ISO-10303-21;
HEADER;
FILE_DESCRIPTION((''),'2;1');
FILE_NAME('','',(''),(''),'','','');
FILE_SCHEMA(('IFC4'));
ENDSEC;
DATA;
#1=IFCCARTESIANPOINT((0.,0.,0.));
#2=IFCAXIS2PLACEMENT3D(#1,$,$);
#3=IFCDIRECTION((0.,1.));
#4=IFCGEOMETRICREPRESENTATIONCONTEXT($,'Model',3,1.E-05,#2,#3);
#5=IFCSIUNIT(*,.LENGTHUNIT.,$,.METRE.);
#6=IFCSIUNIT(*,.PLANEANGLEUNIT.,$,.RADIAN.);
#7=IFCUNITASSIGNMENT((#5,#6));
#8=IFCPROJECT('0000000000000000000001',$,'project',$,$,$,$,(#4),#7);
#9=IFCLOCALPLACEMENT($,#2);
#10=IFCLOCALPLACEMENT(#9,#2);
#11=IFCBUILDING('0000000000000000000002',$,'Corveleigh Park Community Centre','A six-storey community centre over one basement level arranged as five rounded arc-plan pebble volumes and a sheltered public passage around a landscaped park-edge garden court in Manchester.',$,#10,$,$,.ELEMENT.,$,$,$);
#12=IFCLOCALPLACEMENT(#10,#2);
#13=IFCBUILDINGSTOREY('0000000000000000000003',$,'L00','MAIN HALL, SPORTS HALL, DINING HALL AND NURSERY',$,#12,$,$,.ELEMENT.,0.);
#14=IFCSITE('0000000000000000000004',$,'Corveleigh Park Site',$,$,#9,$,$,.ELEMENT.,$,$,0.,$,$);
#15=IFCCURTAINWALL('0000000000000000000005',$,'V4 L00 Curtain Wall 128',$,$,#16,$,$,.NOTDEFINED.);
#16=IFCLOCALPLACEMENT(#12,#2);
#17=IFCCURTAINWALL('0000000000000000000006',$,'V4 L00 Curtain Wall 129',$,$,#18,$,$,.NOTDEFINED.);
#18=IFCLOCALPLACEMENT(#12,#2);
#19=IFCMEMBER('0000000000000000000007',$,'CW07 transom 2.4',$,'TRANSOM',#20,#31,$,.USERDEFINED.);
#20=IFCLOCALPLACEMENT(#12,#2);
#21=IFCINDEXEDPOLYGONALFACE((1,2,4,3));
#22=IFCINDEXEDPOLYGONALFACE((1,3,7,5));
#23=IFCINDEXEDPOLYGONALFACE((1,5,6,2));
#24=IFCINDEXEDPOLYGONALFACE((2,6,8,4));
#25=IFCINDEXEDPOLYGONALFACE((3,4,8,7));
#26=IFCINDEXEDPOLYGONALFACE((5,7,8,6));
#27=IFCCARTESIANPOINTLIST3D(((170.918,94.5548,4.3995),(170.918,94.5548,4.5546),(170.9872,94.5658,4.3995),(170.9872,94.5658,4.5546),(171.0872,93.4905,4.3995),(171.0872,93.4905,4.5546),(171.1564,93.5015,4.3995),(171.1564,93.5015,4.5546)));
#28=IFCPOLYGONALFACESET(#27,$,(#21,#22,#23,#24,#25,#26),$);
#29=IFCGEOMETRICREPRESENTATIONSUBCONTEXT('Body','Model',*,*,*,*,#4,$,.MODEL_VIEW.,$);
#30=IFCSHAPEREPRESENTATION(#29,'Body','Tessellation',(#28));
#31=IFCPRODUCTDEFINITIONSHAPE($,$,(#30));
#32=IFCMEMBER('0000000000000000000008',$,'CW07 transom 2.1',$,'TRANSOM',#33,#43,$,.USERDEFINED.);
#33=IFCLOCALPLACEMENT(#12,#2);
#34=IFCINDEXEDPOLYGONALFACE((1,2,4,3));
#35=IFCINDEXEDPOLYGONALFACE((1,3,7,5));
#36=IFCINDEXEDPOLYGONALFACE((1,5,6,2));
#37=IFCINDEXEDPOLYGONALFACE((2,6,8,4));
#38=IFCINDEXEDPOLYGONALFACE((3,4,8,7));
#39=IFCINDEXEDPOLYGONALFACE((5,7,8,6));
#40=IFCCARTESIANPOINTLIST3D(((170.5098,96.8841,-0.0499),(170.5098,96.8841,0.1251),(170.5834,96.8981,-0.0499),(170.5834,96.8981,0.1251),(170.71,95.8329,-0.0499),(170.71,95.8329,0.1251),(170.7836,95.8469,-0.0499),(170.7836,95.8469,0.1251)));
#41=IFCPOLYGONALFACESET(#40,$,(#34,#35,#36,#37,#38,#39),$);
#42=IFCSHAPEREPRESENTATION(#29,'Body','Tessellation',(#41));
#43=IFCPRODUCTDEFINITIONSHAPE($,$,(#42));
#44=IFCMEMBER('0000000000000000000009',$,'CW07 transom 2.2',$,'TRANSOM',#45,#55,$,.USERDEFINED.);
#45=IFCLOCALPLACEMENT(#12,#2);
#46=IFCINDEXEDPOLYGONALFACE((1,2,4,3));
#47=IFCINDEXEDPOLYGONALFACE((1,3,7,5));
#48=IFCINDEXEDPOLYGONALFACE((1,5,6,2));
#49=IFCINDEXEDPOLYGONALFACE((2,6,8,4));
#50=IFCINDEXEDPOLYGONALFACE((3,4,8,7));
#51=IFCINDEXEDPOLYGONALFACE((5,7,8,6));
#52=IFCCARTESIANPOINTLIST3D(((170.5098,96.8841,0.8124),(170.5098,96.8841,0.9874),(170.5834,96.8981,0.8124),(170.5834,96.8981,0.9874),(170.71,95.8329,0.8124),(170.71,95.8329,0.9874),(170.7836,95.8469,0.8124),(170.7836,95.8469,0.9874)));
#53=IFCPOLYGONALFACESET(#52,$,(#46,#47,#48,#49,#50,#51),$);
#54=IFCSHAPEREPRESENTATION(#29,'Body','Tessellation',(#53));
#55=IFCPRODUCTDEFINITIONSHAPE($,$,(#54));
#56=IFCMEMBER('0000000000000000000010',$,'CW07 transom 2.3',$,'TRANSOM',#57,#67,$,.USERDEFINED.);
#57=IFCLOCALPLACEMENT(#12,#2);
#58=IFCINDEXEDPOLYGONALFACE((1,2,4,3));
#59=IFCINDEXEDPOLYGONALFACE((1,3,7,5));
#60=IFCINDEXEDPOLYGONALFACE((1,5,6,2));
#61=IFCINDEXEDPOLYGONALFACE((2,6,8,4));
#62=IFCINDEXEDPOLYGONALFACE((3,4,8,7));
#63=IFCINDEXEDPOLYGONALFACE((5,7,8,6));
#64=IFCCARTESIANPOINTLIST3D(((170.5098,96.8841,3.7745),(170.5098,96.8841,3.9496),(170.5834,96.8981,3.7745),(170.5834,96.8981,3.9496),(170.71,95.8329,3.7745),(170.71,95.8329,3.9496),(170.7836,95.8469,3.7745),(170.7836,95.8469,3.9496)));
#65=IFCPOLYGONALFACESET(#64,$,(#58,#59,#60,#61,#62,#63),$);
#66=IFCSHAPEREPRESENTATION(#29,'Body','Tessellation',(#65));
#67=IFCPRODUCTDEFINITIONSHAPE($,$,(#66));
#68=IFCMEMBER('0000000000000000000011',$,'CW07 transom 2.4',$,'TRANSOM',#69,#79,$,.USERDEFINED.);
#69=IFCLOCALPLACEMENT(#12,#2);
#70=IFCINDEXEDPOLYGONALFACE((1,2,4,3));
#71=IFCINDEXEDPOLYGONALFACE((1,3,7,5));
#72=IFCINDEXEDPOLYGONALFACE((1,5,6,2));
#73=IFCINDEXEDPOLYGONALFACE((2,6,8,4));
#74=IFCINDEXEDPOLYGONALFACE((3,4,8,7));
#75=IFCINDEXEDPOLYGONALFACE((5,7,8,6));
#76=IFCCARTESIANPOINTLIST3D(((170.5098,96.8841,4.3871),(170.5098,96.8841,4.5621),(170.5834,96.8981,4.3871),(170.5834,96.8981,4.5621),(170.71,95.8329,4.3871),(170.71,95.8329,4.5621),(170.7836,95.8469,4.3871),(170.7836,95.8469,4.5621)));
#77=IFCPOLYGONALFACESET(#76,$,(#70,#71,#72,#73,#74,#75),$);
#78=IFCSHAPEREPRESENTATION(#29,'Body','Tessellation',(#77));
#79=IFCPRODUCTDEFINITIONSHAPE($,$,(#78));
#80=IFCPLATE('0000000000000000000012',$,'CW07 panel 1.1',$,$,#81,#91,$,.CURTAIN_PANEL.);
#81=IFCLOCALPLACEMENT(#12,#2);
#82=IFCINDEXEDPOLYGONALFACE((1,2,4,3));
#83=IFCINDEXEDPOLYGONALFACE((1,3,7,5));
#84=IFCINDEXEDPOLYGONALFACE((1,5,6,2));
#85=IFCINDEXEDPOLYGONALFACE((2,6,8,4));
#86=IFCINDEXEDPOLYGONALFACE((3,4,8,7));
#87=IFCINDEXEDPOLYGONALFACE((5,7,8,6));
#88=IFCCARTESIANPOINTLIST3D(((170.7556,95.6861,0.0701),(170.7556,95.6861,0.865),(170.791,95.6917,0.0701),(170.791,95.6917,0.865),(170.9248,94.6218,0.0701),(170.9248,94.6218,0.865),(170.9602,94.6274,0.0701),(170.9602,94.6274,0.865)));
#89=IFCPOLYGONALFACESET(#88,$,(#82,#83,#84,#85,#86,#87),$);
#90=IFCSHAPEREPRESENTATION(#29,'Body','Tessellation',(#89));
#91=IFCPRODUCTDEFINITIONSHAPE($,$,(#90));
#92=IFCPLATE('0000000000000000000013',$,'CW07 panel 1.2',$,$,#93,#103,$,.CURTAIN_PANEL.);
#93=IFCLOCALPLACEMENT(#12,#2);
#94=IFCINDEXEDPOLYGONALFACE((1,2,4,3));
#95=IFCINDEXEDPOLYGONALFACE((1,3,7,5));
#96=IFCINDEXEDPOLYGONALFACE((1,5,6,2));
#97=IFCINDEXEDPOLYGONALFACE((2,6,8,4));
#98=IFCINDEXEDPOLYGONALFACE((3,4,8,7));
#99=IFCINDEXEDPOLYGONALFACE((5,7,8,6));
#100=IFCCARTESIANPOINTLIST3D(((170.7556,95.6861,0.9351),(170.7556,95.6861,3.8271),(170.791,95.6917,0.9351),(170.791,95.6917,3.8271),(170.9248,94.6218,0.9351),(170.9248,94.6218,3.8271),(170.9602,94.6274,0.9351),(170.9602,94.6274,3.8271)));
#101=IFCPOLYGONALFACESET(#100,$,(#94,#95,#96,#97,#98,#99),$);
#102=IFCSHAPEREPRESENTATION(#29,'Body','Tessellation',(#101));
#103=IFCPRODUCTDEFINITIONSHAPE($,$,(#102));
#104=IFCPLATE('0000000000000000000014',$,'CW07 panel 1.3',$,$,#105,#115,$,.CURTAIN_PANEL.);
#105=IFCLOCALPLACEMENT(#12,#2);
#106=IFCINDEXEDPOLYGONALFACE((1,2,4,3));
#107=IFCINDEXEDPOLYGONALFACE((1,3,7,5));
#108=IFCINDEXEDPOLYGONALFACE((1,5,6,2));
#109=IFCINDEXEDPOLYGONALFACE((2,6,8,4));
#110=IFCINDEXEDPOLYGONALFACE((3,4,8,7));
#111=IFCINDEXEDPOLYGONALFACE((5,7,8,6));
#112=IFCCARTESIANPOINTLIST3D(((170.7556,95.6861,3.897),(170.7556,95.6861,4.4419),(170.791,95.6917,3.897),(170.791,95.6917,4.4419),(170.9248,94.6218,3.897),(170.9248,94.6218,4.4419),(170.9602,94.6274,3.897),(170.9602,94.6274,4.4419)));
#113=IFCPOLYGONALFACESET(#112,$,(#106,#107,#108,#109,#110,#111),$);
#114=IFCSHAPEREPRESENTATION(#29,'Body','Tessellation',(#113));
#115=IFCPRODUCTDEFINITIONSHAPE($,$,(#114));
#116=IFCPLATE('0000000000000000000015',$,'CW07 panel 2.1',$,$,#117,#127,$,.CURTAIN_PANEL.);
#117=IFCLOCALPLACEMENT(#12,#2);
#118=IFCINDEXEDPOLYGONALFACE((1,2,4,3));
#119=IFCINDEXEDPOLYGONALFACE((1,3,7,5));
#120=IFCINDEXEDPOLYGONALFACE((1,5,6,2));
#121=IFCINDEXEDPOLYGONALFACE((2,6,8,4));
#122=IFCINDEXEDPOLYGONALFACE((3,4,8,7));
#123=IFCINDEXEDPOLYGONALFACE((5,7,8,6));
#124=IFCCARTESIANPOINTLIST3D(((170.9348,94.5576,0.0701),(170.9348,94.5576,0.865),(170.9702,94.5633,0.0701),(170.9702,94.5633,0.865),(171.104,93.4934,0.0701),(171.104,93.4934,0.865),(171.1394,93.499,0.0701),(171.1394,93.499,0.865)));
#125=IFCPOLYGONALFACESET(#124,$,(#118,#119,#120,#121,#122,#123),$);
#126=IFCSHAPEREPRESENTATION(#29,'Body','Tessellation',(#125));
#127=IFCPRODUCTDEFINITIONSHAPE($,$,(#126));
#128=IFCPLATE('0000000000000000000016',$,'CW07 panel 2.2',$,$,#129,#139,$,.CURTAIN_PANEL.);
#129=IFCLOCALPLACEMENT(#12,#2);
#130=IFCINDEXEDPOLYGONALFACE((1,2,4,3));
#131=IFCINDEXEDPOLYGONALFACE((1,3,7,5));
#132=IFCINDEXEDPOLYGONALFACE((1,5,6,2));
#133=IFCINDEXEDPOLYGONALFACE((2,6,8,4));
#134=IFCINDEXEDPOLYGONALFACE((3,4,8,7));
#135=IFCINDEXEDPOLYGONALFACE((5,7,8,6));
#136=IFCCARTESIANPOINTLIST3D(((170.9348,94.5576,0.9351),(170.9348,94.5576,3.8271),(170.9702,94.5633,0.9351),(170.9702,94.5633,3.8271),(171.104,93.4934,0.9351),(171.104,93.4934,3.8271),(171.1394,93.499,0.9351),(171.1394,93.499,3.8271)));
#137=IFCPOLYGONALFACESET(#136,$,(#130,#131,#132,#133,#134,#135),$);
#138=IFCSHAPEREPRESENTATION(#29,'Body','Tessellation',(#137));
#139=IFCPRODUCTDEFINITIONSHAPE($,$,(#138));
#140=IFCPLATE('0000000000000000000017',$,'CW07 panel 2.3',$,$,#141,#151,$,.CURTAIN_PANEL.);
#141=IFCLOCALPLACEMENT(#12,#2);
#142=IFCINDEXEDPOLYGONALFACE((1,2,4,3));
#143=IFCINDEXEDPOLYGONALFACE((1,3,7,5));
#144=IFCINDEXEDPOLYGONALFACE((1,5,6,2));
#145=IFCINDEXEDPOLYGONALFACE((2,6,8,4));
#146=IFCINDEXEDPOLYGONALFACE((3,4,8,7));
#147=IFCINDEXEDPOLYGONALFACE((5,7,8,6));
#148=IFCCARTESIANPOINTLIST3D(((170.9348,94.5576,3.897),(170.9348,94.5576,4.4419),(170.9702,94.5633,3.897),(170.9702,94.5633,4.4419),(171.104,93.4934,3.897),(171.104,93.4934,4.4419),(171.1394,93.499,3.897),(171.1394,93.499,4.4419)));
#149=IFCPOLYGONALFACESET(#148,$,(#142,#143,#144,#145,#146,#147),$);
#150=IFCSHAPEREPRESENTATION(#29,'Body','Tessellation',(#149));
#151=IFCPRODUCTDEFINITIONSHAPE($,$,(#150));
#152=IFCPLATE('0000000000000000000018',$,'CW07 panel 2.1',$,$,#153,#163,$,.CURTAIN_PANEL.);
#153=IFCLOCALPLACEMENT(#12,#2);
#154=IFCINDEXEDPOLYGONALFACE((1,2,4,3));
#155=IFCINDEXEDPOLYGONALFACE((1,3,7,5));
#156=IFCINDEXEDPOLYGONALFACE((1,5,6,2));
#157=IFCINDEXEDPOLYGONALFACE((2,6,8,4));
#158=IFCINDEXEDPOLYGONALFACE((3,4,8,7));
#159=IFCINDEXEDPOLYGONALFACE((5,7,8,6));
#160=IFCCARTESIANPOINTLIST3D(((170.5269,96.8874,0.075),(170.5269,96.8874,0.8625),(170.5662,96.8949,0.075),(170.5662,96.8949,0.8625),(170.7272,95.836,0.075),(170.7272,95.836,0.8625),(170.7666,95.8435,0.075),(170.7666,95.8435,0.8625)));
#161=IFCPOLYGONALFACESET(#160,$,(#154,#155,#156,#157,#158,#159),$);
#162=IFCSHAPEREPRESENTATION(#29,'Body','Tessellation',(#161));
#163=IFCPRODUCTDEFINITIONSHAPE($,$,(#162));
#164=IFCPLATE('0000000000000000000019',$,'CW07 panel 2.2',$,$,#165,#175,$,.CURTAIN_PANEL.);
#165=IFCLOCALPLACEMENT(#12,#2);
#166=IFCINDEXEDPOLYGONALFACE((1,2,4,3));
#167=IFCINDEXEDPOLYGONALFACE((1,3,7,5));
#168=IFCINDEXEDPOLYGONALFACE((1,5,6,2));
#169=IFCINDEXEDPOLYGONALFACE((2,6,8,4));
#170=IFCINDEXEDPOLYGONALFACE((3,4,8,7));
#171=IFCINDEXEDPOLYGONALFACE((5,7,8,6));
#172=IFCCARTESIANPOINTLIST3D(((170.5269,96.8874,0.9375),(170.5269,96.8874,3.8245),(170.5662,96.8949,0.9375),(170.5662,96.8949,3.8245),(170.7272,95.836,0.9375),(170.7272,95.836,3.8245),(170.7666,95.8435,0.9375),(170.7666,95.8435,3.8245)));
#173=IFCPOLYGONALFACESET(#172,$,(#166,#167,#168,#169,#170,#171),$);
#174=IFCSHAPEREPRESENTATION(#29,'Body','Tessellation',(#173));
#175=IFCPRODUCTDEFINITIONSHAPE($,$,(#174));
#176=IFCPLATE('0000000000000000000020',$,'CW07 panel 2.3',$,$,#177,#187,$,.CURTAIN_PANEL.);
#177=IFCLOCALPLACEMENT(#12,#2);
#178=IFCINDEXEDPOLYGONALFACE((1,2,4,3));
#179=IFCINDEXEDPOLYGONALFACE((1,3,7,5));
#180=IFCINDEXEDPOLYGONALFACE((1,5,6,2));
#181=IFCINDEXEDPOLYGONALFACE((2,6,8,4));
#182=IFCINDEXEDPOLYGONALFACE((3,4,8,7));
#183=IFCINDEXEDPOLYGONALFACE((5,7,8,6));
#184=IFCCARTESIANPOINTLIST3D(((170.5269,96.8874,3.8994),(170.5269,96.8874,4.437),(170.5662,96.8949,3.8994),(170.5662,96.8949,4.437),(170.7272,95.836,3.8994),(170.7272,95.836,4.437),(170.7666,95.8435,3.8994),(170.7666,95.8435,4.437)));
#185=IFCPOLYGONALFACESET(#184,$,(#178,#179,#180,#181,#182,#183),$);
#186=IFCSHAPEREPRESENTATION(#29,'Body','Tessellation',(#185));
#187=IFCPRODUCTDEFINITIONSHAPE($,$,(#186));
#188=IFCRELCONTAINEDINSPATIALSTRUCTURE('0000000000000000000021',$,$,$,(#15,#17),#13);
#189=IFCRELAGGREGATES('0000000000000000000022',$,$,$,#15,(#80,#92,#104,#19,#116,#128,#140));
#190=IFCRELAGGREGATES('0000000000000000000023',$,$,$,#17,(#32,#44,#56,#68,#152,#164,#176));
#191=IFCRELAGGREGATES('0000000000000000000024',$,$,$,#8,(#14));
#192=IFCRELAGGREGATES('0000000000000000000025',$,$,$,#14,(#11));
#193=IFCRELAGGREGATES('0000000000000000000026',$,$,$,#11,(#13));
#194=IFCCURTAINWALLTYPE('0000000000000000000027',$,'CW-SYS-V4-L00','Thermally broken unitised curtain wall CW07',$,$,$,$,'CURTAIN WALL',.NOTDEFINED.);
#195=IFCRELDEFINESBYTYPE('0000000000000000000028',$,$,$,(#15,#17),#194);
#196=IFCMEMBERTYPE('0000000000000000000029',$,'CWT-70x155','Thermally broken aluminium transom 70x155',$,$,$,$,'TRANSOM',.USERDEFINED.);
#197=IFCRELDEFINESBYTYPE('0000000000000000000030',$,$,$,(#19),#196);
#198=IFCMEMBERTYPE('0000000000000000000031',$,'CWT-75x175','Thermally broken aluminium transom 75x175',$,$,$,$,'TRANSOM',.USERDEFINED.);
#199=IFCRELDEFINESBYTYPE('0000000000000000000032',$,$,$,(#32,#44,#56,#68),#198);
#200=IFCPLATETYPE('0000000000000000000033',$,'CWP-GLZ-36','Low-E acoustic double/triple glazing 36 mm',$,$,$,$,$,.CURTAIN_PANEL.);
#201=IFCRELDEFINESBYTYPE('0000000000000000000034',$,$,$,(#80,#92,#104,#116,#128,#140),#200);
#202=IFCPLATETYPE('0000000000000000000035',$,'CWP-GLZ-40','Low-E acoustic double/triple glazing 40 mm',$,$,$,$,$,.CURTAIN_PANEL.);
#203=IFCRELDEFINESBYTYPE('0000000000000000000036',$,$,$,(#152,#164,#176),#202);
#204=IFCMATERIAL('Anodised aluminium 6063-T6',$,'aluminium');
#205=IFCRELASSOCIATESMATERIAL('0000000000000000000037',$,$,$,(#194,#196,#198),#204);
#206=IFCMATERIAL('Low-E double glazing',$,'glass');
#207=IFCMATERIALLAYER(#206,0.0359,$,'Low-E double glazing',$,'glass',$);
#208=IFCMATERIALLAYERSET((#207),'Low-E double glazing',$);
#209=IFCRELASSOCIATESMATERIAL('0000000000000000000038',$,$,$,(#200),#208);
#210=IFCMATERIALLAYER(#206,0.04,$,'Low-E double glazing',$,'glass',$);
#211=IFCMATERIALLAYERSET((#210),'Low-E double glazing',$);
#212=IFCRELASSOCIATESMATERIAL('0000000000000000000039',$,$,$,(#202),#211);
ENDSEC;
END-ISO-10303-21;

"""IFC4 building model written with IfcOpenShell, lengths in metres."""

from ifc_helpers import new_model, si_unit, direction, frame, origin, origin_2d, place, context, subcontext, project, spatial, rectangle, extrude, material, layer, layer_set, material_profile, profile_set, type_object, element, aggregate, save


model = new_model("IFC4")

# Units and contexts
model_context = context("Model", 3, precision=1e-05, world=origin(), true_north=direction((0.0, 1.0)))
body_context = subcontext(model_context, "Body", "Model", "MODEL_VIEW")
ifc_project = project(units=[si_unit("LENGTHUNIT", "METRE"), si_unit("PLANEANGLEUNIT", "RADIAN")], contexts=[model_context])

# Site, building, storey
site_placement = place(None, origin())
site = spatial("IfcSite", under=ifc_project, at=site_placement, Name="Corveleigh Park Site", CompositionType="ELEMENT", RefElevation=0.0)
building_placement = place(site_placement, origin())
building = spatial("IfcBuilding", under=site, at=building_placement, Name="Corveleigh Park Community Centre", Description="A six-storey community centre over one basement level arranged as five rounded arc-plan pebble volumes and a sheltered public passage around a landscaped park-edge garden court in Manchester.", CompositionType="ELEMENT")
storey_placement = place(building_placement, origin())
storey = spatial("IfcBuildingStorey", under=building, at=storey_placement, Name="L00", Description="MAIN HALL, SPORTS HALL, DINING HALL AND NURSERY", CompositionType="ELEMENT", Elevation=0.0)

# Shared definitions
ifc_material_1 = material(Name="Anodised aluminium 6063-T6", Category="aluminium")
curtain_wall_type = type_object("IfcCurtainWallType", Name="CW-SYS-V4-L00", Description="Thermally broken unitised curtain wall CW07", ElementType="CURTAIN WALL", PredefinedType="NOTDEFINED", material=ifc_material_1)

# Curtain walls
curtain_wall_1_placement = place(storey_placement, origin())
curtain_wall_1 = element("IfcCurtainWall", 1, at=curtain_wall_1_placement, inside=storey, type_object=curtain_wall_type, Name="V4 L00 Curtain Wall 128", PredefinedType="NOTDEFINED")
curtain_wall_2_placement = place(storey_placement, origin())
curtain_wall_2 = element("IfcCurtainWall", 2, at=curtain_wall_2_placement, inside=storey, type_object=curtain_wall_type, Name="V4 L00 Curtain Wall 129", PredefinedType="NOTDEFINED")

# Members
ifc_material_profile_1 = material_profile(ifc_material_1, rectangle(XDim=0.0701, YDim=0.155, at=origin_2d()), Name="ALU-T70x155", Category="aluminium")
ifc_profile_set_1 = profile_set([ifc_material_profile_1], Name="Anodised aluminium 6063-T6")
member_type_1 = type_object("IfcMemberType", Name="CWT-70x155", Description="Thermally broken aluminium transom 70x155", ElementType="TRANSOM", PredefinedType="USERDEFINED", material=ifc_profile_set_1)
member_1_placement = place(storey_placement, frame((170.9526, 94.5603, 4.4771), z_axis=(0.15701, -0.987597, 0.0), x_axis=(0.987597, 0.15701, 0.0)))
member_1 = element("IfcMember", 3, at=member_1_placement, type_object=member_type_1, Name="CW07 transom 2.4", ObjectType="TRANSOM", PredefinedType="USERDEFINED", context=body_context, shape_type="SweptSolid", body=[
    extrude(rectangle(XDim=0.0701, YDim=0.155, at=origin_2d()), origin(), (0.0, 0.0, 1.0), 1.0776),
])
ifc_material_profile_2 = material_profile(ifc_material_1, rectangle(XDim=0.075, YDim=0.175, at=origin_2d()), Name="ALU-T75x175", Category="aluminium")
ifc_profile_set_2 = profile_set([ifc_material_profile_2], Name="Anodised aluminium 6063-T6")
member_type_2 = type_object("IfcMemberType", Name="CWT-75x175", Description="Thermally broken aluminium transom 75x175", ElementType="TRANSOM", PredefinedType="USERDEFINED", material=ifc_profile_set_2)
member_2_placement = place(storey_placement, frame((170.5466, 96.8911, 0.0376), z_axis=(0.18707, -0.982347, 0.0), x_axis=(0.982347, 0.18707, 0.0)))
member_2 = element("IfcMember", 4, at=member_2_placement, type_object=member_type_2, Name="CW07 transom 2.1", ObjectType="TRANSOM", PredefinedType="USERDEFINED", context=body_context, shape_type="SweptSolid", body=[
    extrude(rectangle(XDim=0.075, YDim=0.175, at=origin_2d()), origin(), (0.0, 0.0, 1.0), 1.0701),
])
member_3_placement = place(storey_placement, frame((170.5466, 96.8911, 0.8999), z_axis=(0.18707, -0.982347, 0.0), x_axis=(0.982347, 0.18707, 0.0)))
member_3 = element("IfcMember", 5, at=member_3_placement, type_object=member_type_2, Name="CW07 transom 2.2", ObjectType="TRANSOM", PredefinedType="USERDEFINED", context=body_context, shape_type="SweptSolid", body=[
    extrude(rectangle(XDim=0.075, YDim=0.175, at=origin_2d()), origin(), (0.0, 0.0, 1.0), 1.0701),
])
member_4_placement = place(storey_placement, frame((170.5466, 96.8911, 3.8621), z_axis=(0.18707, -0.982347, 0.0), x_axis=(0.982347, 0.18707, 0.0)))
member_4 = element("IfcMember", 6, at=member_4_placement, type_object=member_type_2, Name="CW07 transom 2.3", ObjectType="TRANSOM", PredefinedType="USERDEFINED", context=body_context, shape_type="SweptSolid", body=[
    extrude(rectangle(XDim=0.075, YDim=0.175, at=origin_2d()), origin(), (0.0, 0.0, 1.0), 1.0701),
])
member_5_placement = place(storey_placement, frame((170.5466, 96.8911, 4.4746), z_axis=(0.18707, -0.982347, 0.0), x_axis=(0.982347, 0.18707, 0.0)))
member_5 = element("IfcMember", 7, at=member_5_placement, type_object=member_type_2, Name="CW07 transom 2.4", ObjectType="TRANSOM", PredefinedType="USERDEFINED", context=body_context, shape_type="SweptSolid", body=[
    extrude(rectangle(XDim=0.075, YDim=0.175, at=origin_2d()), origin(), (0.0, 0.0, 1.0), 1.0701),
])

# Plates
ifc_material_2 = material(Name="Low-E double glazing", Category="glass")
ifc_layer_1 = layer(ifc_material_2, 0.0359, Name="Low-E double glazing", Category="glass")
ifc_layer_set_1 = layer_set([ifc_layer_1], Name="Low-E double glazing")
plate_type_1 = type_object("IfcPlateType", Name="CWP-GLZ-36", Description="Low-E acoustic double/triple glazing 36 mm", PredefinedType="CURTAIN_PANEL", material=ifc_layer_set_1)
plate_1_placement = place(storey_placement, frame((170.8579, 95.1567, 0.0701), z_axis=(0.0, 0.0, 1.0), x_axis=(0.157011, -0.987597, 0.0)))
plate_1 = element("IfcPlate", 8, at=plate_1_placement, type_object=plate_type_1, Name="CW07 panel 1.1", PredefinedType="CURTAIN_PANEL", context=body_context, shape_type="SweptSolid", body=[
    extrude(rectangle(XDim=1.0776, YDim=0.0359, at=origin_2d()), origin(), (0.0, 0.0, 1.0), 0.7949),
])
plate_2_placement = place(storey_placement, frame((170.8579, 95.1567, 0.9351), z_axis=(0.0, 0.0, 1.0), x_axis=(0.157011, -0.987597, 0.0)))
plate_2 = element("IfcPlate", 9, at=plate_2_placement, type_object=plate_type_1, Name="CW07 panel 1.2", PredefinedType="CURTAIN_PANEL", context=body_context, shape_type="SweptSolid", body=[
    extrude(rectangle(XDim=1.0776, YDim=0.0359, at=origin_2d()), origin(), (0.0, 0.0, 1.0), 2.8921),
])
plate_3_placement = place(storey_placement, frame((170.8579, 95.1567, 3.897), z_axis=(0.0, 0.0, 1.0), x_axis=(0.157011, -0.987597, 0.0)))
plate_3 = element("IfcPlate", 10, at=plate_3_placement, type_object=plate_type_1, Name="CW07 panel 1.3", PredefinedType="CURTAIN_PANEL", context=body_context, shape_type="SweptSolid", body=[
    extrude(rectangle(XDim=1.0776, YDim=0.0359, at=origin_2d()), origin(), (0.0, 0.0, 1.0), 0.5449),
])
plate_4_placement = place(storey_placement, frame((171.0371, 94.0283, 0.0701), z_axis=(0.0, 0.0, 1.0), x_axis=(0.157011, -0.987597, 0.0)))
plate_4 = element("IfcPlate", 11, at=plate_4_placement, type_object=plate_type_1, Name="CW07 panel 2.1", PredefinedType="CURTAIN_PANEL", context=body_context, shape_type="SweptSolid", body=[
    extrude(rectangle(XDim=1.0776, YDim=0.0359, at=origin_2d()), origin(), (0.0, 0.0, 1.0), 0.7949),
])
plate_5_placement = place(storey_placement, frame((171.0371, 94.0283, 0.9351), z_axis=(0.0, 0.0, 1.0), x_axis=(0.157011, -0.987597, 0.0)))
plate_5 = element("IfcPlate", 12, at=plate_5_placement, type_object=plate_type_1, Name="CW07 panel 2.2", PredefinedType="CURTAIN_PANEL", context=body_context, shape_type="SweptSolid", body=[
    extrude(rectangle(XDim=1.0776, YDim=0.0359, at=origin_2d()), origin(), (0.0, 0.0, 1.0), 2.8921),
])
plate_6_placement = place(storey_placement, frame((171.0371, 94.0283, 3.897), z_axis=(0.0, 0.0, 1.0), x_axis=(0.157011, -0.987597, 0.0)))
plate_6 = element("IfcPlate", 13, at=plate_6_placement, type_object=plate_type_1, Name="CW07 panel 2.3", PredefinedType="CURTAIN_PANEL", context=body_context, shape_type="SweptSolid", body=[
    extrude(rectangle(XDim=1.0776, YDim=0.0359, at=origin_2d()), origin(), (0.0, 0.0, 1.0), 0.5449),
])
aggregate(curtain_wall_1, [plate_1, plate_2, plate_3, member_1, plate_4, plate_5, plate_6])
ifc_layer_2 = layer(ifc_material_2, 0.04, Name="Low-E double glazing", Category="glass")
ifc_layer_set_2 = layer_set([ifc_layer_2], Name="Low-E double glazing")
plate_type_2 = type_object("IfcPlateType", Name="CWP-GLZ-40", Description="Low-E acoustic double/triple glazing 40 mm", PredefinedType="CURTAIN_PANEL", material=ifc_layer_set_2)
plate_7_placement = place(storey_placement, frame((170.6467, 96.3655, 0.075), z_axis=(0.0, 0.0, 1.0), x_axis=(0.18719, -0.982324, 0.0)))
plate_7 = element("IfcPlate", 14, at=plate_7_placement, type_object=plate_type_2, Name="CW07 panel 2.1", PredefinedType="CURTAIN_PANEL", context=body_context, shape_type="SweptSolid", body=[
    extrude(rectangle(XDim=1.0703, YDim=0.04, at=origin_2d()), origin(), (0.0, 0.0, 1.0), 0.7876),
])
plate_8_placement = place(storey_placement, frame((170.6467, 96.3655, 0.9375), z_axis=(0.0, 0.0, 1.0), x_axis=(0.18719, -0.982324, 0.0)))
plate_8 = element("IfcPlate", 15, at=plate_8_placement, type_object=plate_type_2, Name="CW07 panel 2.2", PredefinedType="CURTAIN_PANEL", context=body_context, shape_type="SweptSolid", body=[
    extrude(rectangle(XDim=1.0703, YDim=0.04, at=origin_2d()), origin(), (0.0, 0.0, 1.0), 2.887),
])
plate_9_placement = place(storey_placement, frame((170.6467, 96.3655, 3.8994), z_axis=(0.0, 0.0, 1.0), x_axis=(0.18719, -0.982324, 0.0)))
plate_9 = element("IfcPlate", 16, at=plate_9_placement, type_object=plate_type_2, Name="CW07 panel 2.3", PredefinedType="CURTAIN_PANEL", context=body_context, shape_type="SweptSolid", body=[
    extrude(rectangle(XDim=1.0703, YDim=0.04, at=origin_2d()), origin(), (0.0, 0.0, 1.0), 0.5376),
])
aggregate(curtain_wall_2, [member_2, member_3, member_4, member_5, plate_7, plate_8, plate_9])

save(model, "model.ifc")
